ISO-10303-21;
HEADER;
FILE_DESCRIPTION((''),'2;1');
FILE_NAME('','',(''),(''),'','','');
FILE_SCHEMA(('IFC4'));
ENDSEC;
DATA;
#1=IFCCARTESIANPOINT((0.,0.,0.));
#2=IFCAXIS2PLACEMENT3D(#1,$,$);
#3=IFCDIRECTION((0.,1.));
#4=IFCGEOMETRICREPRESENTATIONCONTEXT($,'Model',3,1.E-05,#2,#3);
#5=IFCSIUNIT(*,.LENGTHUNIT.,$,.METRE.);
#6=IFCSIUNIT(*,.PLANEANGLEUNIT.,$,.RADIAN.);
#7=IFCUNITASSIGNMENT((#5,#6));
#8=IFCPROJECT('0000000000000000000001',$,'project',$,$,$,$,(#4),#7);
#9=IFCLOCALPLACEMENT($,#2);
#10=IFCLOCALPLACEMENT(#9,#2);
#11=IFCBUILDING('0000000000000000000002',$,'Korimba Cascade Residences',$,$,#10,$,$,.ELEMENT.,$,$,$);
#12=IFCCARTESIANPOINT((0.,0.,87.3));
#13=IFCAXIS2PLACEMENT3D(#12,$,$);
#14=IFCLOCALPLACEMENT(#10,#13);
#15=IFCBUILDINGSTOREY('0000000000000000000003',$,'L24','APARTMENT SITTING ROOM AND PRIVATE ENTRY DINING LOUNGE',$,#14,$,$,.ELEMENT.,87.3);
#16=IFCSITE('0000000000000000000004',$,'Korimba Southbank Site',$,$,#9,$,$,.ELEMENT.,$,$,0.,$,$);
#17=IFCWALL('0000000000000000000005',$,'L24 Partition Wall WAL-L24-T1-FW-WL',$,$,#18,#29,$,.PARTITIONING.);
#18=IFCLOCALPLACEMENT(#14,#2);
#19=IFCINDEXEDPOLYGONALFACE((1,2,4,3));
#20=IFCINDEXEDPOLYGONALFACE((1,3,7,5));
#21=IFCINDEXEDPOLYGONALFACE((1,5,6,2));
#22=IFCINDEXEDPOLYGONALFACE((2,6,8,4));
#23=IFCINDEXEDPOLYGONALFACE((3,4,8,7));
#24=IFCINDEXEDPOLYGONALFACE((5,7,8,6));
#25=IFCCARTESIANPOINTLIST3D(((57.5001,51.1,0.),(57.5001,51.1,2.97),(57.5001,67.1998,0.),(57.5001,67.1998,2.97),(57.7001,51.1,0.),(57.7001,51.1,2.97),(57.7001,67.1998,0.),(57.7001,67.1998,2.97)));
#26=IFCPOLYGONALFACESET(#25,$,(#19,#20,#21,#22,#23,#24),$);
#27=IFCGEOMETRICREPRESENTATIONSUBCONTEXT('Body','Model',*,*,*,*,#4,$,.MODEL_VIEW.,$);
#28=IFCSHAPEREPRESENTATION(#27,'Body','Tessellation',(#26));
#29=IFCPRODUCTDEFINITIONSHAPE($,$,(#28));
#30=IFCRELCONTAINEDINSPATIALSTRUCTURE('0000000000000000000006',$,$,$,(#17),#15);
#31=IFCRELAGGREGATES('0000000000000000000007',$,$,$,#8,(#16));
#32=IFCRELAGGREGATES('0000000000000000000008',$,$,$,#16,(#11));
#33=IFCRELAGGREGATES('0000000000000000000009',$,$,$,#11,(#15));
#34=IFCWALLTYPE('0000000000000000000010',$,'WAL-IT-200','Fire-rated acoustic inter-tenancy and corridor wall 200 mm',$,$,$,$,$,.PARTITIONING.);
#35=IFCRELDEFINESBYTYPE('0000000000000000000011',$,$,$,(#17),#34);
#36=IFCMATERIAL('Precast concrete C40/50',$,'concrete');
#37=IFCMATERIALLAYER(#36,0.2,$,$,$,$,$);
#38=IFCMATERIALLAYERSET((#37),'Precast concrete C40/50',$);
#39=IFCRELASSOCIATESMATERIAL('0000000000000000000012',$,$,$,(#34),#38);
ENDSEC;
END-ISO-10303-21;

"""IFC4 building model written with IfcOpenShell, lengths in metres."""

from ifc_helpers import new_model, si_unit, direction, frame, frame_2d, origin, place, context, subcontext, project, spatial, rectangle, extrude, material, layer, layer_set, type_object, element, save


model = new_model("IFC4")

# Units and contexts
model_context = context("Model", 3, precision=1e-05, world=origin(), true_north=direction((0.0, 1.0)))
body_context = subcontext(model_context, "Body", "Model", "MODEL_VIEW")
ifc_project = project(units=[si_unit("LENGTHUNIT", "METRE"), si_unit("PLANEANGLEUNIT", "RADIAN")], contexts=[model_context])

# Site, building, storey
site_placement = place(None, origin())
site = spatial("IfcSite", under=ifc_project, at=site_placement, Name="Korimba Southbank Site", CompositionType="ELEMENT", RefElevation=0.0)
building_placement = place(site_placement, origin())
building = spatial("IfcBuilding", under=site, at=building_placement, Name="Korimba Cascade Residences", CompositionType="ELEMENT")
storey_placement = place(building_placement, frame((0.0, 0.0, 87.3)))
storey = spatial("IfcBuildingStorey", under=building, at=storey_placement, Name="L24", Description="APARTMENT SITTING ROOM AND PRIVATE ENTRY DINING LOUNGE", CompositionType="ELEMENT", Elevation=87.3)

# Shared definitions
ifc_material_1 = material(Name="Precast concrete C40/50", Category="concrete")

# Wall
ifc_layer_1 = layer(ifc_material_1, 0.2)
ifc_layer_set_1 = layer_set([ifc_layer_1], Name="Precast concrete C40/50")
wall_type_1 = type_object("IfcWallType", Name="WAL-IT-200", Description="Fire-rated acoustic inter-tenancy and corridor wall 200 mm", PredefinedType="PARTITIONING", material=ifc_layer_set_1)
wall_1_placement = place(storey_placement, frame((57.6001, 51.1001, 0.0), z_axis=(0.0, 0.0, 1.0), x_axis=(0.0, 1.0, 0.0)))
element("IfcWall", 1, at=wall_1_placement, inside=storey, type_object=wall_type_1, Name="L24 Partition Wall WAL-L24-T1-FW-WL", PredefinedType="PARTITIONING", context=body_context, shape_type="SweptSolid", body=[
    extrude(rectangle(XDim=16.0999, YDim=0.2, at=frame_2d((8.0498, 0.0))), origin(), (0.0, 0.0, 1.0), 2.97),
])

save(model, "model.ifc")
